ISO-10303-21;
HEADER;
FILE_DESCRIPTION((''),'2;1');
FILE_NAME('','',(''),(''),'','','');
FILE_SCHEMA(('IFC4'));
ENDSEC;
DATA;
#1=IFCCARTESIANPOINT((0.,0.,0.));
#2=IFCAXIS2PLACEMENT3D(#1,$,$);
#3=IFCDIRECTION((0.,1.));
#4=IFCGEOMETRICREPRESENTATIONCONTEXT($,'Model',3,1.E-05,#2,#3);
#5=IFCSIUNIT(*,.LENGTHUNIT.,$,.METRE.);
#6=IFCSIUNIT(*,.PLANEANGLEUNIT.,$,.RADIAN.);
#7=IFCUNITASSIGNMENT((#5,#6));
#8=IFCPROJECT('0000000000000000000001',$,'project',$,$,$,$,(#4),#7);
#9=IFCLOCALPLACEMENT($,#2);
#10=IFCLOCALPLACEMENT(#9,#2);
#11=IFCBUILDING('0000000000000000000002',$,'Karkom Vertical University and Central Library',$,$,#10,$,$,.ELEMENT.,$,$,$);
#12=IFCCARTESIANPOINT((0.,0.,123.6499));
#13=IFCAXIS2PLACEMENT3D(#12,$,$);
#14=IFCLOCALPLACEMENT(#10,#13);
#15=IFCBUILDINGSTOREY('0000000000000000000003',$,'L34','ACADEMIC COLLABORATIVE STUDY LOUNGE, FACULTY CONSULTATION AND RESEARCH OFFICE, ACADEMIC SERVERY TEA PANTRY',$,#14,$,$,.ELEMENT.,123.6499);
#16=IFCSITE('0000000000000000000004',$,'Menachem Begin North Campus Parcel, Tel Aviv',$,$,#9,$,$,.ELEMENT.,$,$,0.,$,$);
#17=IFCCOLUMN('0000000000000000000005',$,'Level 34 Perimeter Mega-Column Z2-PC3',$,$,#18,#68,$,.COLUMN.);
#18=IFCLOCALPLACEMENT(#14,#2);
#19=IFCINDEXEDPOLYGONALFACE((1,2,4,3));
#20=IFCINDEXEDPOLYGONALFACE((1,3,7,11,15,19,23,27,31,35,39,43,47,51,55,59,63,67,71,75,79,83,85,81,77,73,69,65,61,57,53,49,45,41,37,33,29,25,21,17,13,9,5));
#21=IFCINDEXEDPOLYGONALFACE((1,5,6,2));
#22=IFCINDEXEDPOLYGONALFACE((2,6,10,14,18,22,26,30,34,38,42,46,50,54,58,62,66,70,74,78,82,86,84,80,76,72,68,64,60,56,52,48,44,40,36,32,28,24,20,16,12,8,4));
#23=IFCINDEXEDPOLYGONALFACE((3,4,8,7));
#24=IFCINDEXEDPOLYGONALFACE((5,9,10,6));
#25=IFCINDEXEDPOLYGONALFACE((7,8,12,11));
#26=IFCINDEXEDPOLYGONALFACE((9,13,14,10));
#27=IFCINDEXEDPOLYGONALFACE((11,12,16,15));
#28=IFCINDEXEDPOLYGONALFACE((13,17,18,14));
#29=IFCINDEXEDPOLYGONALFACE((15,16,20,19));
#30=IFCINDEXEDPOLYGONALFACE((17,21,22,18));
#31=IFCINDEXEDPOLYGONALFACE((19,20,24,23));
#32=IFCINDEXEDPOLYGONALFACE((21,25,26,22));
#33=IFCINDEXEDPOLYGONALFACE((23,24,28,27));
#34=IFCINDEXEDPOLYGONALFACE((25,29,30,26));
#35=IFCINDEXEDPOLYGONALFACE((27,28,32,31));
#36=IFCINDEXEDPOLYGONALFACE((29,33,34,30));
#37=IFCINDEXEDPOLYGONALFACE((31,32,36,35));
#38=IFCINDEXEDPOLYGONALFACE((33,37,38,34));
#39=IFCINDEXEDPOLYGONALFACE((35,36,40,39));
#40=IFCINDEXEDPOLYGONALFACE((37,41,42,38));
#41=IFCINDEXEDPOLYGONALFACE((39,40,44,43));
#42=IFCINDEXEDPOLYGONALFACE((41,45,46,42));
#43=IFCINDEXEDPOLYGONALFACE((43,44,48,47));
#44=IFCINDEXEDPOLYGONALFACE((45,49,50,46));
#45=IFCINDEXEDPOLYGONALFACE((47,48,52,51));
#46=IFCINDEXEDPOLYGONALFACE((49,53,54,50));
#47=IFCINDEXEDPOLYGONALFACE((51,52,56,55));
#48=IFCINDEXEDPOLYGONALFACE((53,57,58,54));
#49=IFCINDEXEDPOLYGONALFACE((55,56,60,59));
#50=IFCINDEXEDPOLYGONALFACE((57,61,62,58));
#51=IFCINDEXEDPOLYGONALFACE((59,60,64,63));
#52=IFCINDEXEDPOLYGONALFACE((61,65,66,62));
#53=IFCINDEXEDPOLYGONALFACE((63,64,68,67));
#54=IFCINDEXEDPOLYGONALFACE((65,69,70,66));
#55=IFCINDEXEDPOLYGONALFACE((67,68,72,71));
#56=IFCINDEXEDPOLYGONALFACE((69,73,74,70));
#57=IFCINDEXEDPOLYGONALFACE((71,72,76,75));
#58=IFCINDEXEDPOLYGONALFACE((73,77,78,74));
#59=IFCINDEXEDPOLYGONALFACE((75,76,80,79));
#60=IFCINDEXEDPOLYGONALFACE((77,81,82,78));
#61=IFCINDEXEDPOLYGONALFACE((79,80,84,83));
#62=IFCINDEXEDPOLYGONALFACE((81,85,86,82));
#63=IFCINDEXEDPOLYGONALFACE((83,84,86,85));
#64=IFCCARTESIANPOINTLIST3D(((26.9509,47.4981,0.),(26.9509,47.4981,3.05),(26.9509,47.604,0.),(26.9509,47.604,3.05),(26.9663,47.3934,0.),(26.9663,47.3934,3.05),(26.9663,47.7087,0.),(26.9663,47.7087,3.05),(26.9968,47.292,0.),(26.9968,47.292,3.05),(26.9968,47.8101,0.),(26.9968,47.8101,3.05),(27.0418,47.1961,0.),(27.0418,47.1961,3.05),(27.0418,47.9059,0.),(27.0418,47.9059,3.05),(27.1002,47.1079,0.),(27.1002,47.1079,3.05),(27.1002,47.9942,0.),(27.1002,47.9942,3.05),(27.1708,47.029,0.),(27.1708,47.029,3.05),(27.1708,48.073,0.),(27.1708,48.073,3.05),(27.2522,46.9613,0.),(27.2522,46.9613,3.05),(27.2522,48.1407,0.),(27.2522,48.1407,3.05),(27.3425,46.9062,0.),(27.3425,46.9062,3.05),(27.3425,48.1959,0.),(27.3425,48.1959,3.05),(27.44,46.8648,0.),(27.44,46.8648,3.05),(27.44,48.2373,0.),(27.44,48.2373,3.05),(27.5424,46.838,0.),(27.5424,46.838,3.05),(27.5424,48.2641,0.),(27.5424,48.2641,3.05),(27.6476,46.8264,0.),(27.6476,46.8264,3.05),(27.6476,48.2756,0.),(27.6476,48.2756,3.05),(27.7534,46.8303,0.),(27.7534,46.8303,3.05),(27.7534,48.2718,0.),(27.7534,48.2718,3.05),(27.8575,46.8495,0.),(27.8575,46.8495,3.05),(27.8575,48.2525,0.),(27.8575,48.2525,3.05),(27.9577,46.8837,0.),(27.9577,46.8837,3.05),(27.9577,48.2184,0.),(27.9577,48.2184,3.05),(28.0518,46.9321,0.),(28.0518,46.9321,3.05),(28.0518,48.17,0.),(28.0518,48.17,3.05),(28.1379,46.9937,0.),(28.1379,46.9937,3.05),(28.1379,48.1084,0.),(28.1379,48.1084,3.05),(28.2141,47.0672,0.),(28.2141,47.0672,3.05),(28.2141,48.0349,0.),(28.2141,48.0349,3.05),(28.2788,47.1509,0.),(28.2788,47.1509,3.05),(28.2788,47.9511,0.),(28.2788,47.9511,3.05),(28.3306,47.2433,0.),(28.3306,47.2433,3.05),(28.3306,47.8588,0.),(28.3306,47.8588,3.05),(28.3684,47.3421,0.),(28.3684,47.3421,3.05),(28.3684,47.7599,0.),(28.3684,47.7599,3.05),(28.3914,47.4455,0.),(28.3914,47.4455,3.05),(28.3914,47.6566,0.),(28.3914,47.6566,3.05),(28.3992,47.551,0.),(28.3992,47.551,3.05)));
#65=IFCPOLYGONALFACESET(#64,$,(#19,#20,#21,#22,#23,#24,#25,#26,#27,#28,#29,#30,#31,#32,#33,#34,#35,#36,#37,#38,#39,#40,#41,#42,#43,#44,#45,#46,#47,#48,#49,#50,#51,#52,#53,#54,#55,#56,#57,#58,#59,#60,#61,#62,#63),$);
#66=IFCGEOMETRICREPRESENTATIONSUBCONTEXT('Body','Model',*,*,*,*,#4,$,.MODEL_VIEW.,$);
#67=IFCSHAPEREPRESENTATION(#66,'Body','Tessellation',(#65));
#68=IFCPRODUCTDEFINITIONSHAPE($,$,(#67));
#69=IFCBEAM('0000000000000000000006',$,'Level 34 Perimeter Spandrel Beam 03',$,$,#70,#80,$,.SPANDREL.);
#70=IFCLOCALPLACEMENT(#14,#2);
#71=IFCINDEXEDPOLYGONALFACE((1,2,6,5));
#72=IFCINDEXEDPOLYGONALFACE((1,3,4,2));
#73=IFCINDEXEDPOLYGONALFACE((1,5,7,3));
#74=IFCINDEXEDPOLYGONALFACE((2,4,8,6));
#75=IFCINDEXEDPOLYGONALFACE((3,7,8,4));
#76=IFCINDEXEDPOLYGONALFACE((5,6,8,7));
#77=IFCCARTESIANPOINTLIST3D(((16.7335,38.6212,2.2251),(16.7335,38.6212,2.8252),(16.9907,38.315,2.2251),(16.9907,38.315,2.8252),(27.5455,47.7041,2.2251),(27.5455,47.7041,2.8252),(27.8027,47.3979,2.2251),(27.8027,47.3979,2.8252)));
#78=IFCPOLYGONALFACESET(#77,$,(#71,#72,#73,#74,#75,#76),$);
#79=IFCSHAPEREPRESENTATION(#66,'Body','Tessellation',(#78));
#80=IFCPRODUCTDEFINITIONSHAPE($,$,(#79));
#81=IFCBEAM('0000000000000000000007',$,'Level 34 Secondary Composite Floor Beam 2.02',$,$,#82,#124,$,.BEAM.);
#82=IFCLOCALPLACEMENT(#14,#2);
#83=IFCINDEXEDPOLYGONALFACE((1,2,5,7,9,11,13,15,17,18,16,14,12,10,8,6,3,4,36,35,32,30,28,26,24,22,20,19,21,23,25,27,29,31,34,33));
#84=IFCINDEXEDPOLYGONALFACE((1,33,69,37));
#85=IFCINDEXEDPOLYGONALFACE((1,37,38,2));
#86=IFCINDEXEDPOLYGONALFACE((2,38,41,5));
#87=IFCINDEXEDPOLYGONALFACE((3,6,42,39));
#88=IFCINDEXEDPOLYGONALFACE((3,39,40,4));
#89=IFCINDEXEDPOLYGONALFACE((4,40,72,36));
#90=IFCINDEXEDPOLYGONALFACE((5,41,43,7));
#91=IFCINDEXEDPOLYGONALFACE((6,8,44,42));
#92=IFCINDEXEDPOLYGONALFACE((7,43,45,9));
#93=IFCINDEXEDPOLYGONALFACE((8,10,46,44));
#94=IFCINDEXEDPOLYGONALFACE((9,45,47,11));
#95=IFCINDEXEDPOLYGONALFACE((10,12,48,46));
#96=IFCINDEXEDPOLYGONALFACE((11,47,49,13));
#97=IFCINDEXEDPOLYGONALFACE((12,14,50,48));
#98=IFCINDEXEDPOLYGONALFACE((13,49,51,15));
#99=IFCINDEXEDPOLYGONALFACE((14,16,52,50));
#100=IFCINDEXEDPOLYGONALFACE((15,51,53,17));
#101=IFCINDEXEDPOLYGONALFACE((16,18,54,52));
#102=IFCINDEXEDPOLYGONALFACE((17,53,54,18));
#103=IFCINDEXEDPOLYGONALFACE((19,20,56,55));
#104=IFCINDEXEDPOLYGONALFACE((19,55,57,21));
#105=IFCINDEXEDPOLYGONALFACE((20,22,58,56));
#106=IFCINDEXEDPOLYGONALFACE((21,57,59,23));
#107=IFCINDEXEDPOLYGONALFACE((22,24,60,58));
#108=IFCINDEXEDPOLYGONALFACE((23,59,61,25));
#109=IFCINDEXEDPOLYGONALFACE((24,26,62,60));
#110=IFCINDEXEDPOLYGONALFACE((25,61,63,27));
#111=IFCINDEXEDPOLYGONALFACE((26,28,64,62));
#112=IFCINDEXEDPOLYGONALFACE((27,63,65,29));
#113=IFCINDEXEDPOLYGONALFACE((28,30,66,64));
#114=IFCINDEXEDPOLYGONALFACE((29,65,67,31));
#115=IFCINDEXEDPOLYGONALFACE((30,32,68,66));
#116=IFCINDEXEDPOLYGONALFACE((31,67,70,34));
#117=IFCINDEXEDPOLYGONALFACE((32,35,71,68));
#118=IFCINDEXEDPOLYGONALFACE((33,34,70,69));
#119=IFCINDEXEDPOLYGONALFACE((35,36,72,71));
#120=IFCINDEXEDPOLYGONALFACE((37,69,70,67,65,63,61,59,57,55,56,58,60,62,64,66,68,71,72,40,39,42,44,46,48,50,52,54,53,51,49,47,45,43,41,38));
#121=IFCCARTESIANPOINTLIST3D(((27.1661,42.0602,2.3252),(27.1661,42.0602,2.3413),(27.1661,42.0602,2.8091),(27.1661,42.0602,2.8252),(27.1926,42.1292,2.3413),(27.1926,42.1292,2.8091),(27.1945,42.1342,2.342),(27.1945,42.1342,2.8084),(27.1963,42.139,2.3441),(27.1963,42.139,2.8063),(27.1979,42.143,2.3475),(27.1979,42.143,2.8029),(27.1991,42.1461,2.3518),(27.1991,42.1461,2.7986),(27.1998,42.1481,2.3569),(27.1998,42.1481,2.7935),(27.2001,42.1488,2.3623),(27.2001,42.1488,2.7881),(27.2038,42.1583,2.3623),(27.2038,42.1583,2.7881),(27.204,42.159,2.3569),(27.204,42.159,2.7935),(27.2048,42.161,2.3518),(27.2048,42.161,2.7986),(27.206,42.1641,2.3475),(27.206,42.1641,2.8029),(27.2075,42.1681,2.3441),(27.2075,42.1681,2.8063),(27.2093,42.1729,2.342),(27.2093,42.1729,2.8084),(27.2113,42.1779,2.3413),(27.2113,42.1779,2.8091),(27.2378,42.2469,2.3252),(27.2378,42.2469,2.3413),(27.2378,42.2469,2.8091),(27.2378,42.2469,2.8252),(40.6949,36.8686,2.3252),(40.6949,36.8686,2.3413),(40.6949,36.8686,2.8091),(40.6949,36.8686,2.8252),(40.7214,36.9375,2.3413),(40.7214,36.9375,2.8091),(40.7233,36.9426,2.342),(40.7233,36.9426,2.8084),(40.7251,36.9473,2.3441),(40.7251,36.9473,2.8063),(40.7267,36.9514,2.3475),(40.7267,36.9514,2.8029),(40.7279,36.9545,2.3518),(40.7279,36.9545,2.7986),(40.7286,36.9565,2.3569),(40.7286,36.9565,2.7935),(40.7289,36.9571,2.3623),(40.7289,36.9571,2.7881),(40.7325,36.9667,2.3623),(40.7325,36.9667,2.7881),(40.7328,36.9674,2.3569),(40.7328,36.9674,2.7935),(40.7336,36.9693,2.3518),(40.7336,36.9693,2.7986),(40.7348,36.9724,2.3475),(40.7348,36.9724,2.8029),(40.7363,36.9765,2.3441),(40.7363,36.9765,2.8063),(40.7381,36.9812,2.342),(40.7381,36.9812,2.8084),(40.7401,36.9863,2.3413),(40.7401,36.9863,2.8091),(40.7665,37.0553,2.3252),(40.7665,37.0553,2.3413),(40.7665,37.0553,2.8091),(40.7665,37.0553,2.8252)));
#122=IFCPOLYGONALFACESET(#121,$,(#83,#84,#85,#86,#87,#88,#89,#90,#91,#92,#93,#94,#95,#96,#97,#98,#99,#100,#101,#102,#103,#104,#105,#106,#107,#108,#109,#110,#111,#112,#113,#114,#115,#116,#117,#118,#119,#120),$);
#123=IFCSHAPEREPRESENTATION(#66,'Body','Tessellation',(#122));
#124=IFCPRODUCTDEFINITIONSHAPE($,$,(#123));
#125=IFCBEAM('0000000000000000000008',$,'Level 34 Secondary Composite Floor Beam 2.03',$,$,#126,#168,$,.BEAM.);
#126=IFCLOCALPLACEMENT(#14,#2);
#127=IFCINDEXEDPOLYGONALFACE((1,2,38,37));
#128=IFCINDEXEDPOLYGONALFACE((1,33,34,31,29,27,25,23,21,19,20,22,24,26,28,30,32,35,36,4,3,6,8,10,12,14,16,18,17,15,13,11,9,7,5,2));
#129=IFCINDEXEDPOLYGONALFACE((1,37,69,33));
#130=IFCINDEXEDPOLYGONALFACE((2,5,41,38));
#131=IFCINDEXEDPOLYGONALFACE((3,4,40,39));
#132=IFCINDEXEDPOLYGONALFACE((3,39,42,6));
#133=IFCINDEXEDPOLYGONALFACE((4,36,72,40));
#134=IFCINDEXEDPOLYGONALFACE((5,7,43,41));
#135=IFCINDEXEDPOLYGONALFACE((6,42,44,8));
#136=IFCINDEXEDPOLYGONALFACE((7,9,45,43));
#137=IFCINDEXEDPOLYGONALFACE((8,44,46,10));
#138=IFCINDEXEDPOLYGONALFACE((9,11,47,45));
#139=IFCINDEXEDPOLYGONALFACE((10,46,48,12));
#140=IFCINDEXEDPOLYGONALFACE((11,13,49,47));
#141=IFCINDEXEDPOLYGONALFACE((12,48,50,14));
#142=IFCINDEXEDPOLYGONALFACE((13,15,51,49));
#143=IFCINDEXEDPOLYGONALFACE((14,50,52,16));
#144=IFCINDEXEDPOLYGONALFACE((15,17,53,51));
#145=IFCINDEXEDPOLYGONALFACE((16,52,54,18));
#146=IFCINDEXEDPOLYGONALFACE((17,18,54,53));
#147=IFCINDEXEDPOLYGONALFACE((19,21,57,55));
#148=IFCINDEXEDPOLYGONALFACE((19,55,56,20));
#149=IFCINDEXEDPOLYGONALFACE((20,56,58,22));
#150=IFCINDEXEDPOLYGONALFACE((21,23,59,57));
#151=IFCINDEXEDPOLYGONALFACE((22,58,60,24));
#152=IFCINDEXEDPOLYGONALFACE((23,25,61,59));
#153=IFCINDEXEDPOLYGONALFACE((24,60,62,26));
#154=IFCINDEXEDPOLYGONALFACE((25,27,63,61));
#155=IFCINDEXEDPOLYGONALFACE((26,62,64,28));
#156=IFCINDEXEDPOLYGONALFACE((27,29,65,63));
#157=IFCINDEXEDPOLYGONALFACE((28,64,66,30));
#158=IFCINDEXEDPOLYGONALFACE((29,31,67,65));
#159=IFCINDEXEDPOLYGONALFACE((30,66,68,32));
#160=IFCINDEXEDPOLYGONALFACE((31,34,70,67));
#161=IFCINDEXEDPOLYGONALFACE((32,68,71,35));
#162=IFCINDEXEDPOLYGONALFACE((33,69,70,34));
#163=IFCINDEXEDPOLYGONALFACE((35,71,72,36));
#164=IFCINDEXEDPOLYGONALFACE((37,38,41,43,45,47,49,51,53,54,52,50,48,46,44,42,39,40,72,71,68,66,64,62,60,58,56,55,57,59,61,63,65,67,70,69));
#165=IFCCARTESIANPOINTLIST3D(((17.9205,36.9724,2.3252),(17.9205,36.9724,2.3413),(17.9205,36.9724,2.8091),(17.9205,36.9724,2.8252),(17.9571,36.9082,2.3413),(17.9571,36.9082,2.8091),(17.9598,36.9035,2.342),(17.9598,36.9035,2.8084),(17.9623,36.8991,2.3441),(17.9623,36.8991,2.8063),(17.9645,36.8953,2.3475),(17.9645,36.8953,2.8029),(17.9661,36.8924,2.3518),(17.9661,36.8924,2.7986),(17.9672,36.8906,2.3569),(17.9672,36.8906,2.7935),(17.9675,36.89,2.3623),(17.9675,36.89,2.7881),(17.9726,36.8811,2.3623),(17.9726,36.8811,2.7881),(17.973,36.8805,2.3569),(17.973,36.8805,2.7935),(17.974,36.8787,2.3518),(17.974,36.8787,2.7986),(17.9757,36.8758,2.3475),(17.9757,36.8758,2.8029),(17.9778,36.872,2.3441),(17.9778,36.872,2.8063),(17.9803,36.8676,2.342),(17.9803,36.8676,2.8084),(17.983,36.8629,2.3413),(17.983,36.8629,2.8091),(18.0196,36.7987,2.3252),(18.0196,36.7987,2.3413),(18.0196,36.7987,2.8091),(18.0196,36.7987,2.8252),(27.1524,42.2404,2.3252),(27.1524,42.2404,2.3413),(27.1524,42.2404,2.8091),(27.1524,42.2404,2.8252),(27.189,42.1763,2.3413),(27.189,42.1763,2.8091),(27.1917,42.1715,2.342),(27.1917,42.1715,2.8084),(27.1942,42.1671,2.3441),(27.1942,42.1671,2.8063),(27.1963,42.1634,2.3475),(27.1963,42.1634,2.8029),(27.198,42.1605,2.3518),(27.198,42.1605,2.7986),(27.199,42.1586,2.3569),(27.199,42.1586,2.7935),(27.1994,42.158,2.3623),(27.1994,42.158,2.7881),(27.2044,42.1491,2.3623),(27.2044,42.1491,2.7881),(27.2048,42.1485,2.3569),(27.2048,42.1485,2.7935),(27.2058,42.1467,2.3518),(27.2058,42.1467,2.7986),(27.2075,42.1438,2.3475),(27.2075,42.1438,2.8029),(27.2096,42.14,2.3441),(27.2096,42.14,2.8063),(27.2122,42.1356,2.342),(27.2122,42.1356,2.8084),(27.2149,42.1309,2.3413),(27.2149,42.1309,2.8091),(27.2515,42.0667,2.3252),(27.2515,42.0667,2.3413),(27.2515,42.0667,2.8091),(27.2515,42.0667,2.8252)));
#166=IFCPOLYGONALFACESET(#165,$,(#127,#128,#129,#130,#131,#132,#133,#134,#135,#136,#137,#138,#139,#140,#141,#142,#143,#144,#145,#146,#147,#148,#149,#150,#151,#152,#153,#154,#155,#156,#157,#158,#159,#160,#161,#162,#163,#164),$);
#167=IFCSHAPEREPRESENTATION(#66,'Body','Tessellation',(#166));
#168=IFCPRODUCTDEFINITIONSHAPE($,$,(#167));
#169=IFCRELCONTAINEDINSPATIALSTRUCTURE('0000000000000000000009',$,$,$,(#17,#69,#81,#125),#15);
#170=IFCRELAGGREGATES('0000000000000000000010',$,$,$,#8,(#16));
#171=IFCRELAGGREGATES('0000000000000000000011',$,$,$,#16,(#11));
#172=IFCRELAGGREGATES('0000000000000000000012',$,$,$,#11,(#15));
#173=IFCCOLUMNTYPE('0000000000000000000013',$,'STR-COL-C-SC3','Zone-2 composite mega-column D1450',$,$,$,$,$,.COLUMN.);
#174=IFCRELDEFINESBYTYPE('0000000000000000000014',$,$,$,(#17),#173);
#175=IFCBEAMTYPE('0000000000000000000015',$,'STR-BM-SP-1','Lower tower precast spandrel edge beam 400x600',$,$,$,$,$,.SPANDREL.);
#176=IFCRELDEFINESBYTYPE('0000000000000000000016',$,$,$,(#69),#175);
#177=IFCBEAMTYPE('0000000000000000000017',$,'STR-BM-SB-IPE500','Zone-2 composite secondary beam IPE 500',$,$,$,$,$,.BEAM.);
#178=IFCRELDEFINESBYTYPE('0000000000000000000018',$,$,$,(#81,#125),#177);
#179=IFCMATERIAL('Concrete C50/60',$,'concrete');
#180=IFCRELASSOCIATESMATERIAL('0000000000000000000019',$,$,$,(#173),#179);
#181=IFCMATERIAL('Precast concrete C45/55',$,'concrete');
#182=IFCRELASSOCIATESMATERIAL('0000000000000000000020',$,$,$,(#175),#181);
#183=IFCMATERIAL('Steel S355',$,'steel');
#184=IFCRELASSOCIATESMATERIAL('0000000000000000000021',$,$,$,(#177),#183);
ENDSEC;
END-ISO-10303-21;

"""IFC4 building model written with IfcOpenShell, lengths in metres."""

from ifc_helpers import new_model, si_unit, direction, frame, origin, origin_with_axes, origin_2d, place, context, subcontext, project, spatial, rectangle, circle, i_section, extrude, source, transform, mapped, material, material_profile, profile_set, type_object, element, save


model = new_model("IFC4")

# Units and contexts
model_context = context("Model", 3, precision=1e-05, world=origin(), true_north=direction((0.0, 1.0)))
body_context = subcontext(model_context, "Body", "Model", "MODEL_VIEW")
ifc_project = project(units=[si_unit("LENGTHUNIT", "METRE"), si_unit("PLANEANGLEUNIT", "RADIAN")], contexts=[model_context])

# Site, building, storey
site_placement = place(None, origin())
site = spatial("IfcSite", under=ifc_project, at=site_placement, Name="Menachem Begin North Campus Parcel, Tel Aviv", CompositionType="ELEMENT", RefElevation=0.0)
building_placement = place(site_placement, origin())
building = spatial("IfcBuilding", under=site, at=building_placement, Name="Karkom Vertical University and Central Library", CompositionType="ELEMENT")
storey_placement = place(building_placement, frame((0.0, 0.0, 123.6499)))
storey = spatial("IfcBuildingStorey", under=building, at=storey_placement, Name="L34", Description="ACADEMIC COLLABORATIVE STUDY LOUNGE, FACULTY CONSULTATION AND RESEARCH OFFICE, ACADEMIC SERVERY TEA PANTRY", CompositionType="ELEMENT", Elevation=123.6499)

# Column
ifc_material_1 = material(Name="Concrete C50/60", Category="concrete")
ifc_material_profile_1 = material_profile(ifc_material_1, circle(Radius=0.7251, at=origin_2d()), Name="CFT-D1450")
ifc_profile_set_1 = profile_set([ifc_material_profile_1], Name="Concrete C50/60")
column_type = type_object("IfcColumnType", Name="STR-COL-C-SC3", Description="Zone-2 composite mega-column D1450", PredefinedType="COLUMN", material=ifc_profile_set_1)
shared_shape_1 = source(origin_with_axes(), body_context, "Body", "SweptSolid", [
    extrude(circle(Radius=0.7251, at=origin_2d()), origin(), (0.0, 0.0, 1.0), 3.05),
])
column_placement = place(storey_placement, frame((27.6741, 47.551, 0.0), z_axis=(0.0, 0.0, 1.0), x_axis=(1.0, 0.0, 0.0)))
element("IfcColumn", 1, at=column_placement, inside=storey, type_object=column_type, Name="Level 34 Perimeter Mega-Column Z2-PC3", PredefinedType="COLUMN", context=body_context, shape_type="MappedRepresentation", body=[
    mapped(shared_shape_1, transform((0.0, 0.0, 0.0), scale=1.0)),
])

# Beams
ifc_material_2 = material(Name="Precast concrete C45/55", Category="concrete")
ifc_material_profile_2 = material_profile(ifc_material_2, rectangle(XDim=0.3999, YDim=0.6001, at=origin_2d()), Name="SPB-400x600")
ifc_profile_set_2 = profile_set([ifc_material_profile_2], Name="Precast concrete C45/55")
beam_type_1 = type_object("IfcBeamType", Name="STR-BM-SP-1", Description="Lower tower precast spandrel edge beam 400x600", PredefinedType="SPANDREL", material=ifc_profile_set_2)
shared_shape_2 = source(origin_with_axes(), body_context, "Body", "SweptSolid", [
    extrude(rectangle(XDim=0.3999, YDim=0.6001, at=origin_2d()), origin(), (0.0, 0.0, 1.0), 14.1208),
])
beam_1_placement = place(storey_placement, frame((27.6741, 47.551, 2.5251), z_axis=(-0.765673, -0.64323, 0.0), x_axis=(0.64323, -0.765673, 0.0)))
element("IfcBeam", 2, at=beam_1_placement, inside=storey, type_object=beam_type_1, Name="Level 34 Perimeter Spandrel Beam 03", PredefinedType="SPANDREL", context=body_context, shape_type="MappedRepresentation", body=[
    mapped(shared_shape_2, transform((0.0, 0.0, 0.0), scale=1.0)),
])
ifc_material_3 = material(Name="Steel S355", Category="steel")
ifc_material_profile_3 = material_profile(ifc_material_3, i_section(OverallWidth=0.2, OverallDepth=0.5, WebThickness=0.0103, FlangeThickness=0.0161, FilletRadius=0.021, at=origin_2d()), Name="IPE 500")
ifc_profile_set_3 = profile_set([ifc_material_profile_3], Name="Steel S355")
beam_type_2 = type_object("IfcBeamType", Name="STR-BM-SB-IPE500", Description="Zone-2 composite secondary beam IPE 500", PredefinedType="BEAM", material=ifc_profile_set_3)
shared_shape_3 = source(origin_with_axes(), body_context, "Body", "SweptSolid", [
    extrude(i_section(OverallWidth=0.2, OverallDepth=0.5, WebThickness=0.0103, FlangeThickness=0.0161, FilletRadius=0.021, at=origin_2d()), origin(), (0.0, 0.0, 1.0), 14.4907),
])
beam_2_placement = place(storey_placement, frame((40.7307, 36.9619, 2.5752), z_axis=(-0.933617, 0.358273, 0.0), x_axis=(-0.358273, -0.933617, 0.0)))
element("IfcBeam", 3, at=beam_2_placement, inside=storey, type_object=beam_type_2, Name="Level 34 Secondary Composite Floor Beam 2.02", PredefinedType="BEAM", context=body_context, shape_type="MappedRepresentation", body=[
    mapped(shared_shape_3, transform((0.0, 0.0, 0.0), scale=1.0)),
])
shared_shape_4 = source(origin_with_axes(), body_context, "Body", "SweptSolid", [
    extrude(i_section(OverallWidth=0.2, OverallDepth=0.5, WebThickness=0.0103, FlangeThickness=0.0161, FilletRadius=0.021, at=origin_2d()), origin(), (0.0, 0.0, 1.0), 10.6292),
])
beam_3_placement = place(storey_placement, frame((27.2019, 42.1536, 2.5752), z_axis=(-0.86854, -0.495619, 0.0), x_axis=(0.495619, -0.86854, 0.0)))
element("IfcBeam", 4, at=beam_3_placement, inside=storey, type_object=beam_type_2, Name="Level 34 Secondary Composite Floor Beam 2.03", PredefinedType="BEAM", context=body_context, shape_type="MappedRepresentation", body=[
    mapped(shared_shape_4, transform((0.0, 0.0, 0.0), scale=1.0)),
])

save(model, "model.ifc")
